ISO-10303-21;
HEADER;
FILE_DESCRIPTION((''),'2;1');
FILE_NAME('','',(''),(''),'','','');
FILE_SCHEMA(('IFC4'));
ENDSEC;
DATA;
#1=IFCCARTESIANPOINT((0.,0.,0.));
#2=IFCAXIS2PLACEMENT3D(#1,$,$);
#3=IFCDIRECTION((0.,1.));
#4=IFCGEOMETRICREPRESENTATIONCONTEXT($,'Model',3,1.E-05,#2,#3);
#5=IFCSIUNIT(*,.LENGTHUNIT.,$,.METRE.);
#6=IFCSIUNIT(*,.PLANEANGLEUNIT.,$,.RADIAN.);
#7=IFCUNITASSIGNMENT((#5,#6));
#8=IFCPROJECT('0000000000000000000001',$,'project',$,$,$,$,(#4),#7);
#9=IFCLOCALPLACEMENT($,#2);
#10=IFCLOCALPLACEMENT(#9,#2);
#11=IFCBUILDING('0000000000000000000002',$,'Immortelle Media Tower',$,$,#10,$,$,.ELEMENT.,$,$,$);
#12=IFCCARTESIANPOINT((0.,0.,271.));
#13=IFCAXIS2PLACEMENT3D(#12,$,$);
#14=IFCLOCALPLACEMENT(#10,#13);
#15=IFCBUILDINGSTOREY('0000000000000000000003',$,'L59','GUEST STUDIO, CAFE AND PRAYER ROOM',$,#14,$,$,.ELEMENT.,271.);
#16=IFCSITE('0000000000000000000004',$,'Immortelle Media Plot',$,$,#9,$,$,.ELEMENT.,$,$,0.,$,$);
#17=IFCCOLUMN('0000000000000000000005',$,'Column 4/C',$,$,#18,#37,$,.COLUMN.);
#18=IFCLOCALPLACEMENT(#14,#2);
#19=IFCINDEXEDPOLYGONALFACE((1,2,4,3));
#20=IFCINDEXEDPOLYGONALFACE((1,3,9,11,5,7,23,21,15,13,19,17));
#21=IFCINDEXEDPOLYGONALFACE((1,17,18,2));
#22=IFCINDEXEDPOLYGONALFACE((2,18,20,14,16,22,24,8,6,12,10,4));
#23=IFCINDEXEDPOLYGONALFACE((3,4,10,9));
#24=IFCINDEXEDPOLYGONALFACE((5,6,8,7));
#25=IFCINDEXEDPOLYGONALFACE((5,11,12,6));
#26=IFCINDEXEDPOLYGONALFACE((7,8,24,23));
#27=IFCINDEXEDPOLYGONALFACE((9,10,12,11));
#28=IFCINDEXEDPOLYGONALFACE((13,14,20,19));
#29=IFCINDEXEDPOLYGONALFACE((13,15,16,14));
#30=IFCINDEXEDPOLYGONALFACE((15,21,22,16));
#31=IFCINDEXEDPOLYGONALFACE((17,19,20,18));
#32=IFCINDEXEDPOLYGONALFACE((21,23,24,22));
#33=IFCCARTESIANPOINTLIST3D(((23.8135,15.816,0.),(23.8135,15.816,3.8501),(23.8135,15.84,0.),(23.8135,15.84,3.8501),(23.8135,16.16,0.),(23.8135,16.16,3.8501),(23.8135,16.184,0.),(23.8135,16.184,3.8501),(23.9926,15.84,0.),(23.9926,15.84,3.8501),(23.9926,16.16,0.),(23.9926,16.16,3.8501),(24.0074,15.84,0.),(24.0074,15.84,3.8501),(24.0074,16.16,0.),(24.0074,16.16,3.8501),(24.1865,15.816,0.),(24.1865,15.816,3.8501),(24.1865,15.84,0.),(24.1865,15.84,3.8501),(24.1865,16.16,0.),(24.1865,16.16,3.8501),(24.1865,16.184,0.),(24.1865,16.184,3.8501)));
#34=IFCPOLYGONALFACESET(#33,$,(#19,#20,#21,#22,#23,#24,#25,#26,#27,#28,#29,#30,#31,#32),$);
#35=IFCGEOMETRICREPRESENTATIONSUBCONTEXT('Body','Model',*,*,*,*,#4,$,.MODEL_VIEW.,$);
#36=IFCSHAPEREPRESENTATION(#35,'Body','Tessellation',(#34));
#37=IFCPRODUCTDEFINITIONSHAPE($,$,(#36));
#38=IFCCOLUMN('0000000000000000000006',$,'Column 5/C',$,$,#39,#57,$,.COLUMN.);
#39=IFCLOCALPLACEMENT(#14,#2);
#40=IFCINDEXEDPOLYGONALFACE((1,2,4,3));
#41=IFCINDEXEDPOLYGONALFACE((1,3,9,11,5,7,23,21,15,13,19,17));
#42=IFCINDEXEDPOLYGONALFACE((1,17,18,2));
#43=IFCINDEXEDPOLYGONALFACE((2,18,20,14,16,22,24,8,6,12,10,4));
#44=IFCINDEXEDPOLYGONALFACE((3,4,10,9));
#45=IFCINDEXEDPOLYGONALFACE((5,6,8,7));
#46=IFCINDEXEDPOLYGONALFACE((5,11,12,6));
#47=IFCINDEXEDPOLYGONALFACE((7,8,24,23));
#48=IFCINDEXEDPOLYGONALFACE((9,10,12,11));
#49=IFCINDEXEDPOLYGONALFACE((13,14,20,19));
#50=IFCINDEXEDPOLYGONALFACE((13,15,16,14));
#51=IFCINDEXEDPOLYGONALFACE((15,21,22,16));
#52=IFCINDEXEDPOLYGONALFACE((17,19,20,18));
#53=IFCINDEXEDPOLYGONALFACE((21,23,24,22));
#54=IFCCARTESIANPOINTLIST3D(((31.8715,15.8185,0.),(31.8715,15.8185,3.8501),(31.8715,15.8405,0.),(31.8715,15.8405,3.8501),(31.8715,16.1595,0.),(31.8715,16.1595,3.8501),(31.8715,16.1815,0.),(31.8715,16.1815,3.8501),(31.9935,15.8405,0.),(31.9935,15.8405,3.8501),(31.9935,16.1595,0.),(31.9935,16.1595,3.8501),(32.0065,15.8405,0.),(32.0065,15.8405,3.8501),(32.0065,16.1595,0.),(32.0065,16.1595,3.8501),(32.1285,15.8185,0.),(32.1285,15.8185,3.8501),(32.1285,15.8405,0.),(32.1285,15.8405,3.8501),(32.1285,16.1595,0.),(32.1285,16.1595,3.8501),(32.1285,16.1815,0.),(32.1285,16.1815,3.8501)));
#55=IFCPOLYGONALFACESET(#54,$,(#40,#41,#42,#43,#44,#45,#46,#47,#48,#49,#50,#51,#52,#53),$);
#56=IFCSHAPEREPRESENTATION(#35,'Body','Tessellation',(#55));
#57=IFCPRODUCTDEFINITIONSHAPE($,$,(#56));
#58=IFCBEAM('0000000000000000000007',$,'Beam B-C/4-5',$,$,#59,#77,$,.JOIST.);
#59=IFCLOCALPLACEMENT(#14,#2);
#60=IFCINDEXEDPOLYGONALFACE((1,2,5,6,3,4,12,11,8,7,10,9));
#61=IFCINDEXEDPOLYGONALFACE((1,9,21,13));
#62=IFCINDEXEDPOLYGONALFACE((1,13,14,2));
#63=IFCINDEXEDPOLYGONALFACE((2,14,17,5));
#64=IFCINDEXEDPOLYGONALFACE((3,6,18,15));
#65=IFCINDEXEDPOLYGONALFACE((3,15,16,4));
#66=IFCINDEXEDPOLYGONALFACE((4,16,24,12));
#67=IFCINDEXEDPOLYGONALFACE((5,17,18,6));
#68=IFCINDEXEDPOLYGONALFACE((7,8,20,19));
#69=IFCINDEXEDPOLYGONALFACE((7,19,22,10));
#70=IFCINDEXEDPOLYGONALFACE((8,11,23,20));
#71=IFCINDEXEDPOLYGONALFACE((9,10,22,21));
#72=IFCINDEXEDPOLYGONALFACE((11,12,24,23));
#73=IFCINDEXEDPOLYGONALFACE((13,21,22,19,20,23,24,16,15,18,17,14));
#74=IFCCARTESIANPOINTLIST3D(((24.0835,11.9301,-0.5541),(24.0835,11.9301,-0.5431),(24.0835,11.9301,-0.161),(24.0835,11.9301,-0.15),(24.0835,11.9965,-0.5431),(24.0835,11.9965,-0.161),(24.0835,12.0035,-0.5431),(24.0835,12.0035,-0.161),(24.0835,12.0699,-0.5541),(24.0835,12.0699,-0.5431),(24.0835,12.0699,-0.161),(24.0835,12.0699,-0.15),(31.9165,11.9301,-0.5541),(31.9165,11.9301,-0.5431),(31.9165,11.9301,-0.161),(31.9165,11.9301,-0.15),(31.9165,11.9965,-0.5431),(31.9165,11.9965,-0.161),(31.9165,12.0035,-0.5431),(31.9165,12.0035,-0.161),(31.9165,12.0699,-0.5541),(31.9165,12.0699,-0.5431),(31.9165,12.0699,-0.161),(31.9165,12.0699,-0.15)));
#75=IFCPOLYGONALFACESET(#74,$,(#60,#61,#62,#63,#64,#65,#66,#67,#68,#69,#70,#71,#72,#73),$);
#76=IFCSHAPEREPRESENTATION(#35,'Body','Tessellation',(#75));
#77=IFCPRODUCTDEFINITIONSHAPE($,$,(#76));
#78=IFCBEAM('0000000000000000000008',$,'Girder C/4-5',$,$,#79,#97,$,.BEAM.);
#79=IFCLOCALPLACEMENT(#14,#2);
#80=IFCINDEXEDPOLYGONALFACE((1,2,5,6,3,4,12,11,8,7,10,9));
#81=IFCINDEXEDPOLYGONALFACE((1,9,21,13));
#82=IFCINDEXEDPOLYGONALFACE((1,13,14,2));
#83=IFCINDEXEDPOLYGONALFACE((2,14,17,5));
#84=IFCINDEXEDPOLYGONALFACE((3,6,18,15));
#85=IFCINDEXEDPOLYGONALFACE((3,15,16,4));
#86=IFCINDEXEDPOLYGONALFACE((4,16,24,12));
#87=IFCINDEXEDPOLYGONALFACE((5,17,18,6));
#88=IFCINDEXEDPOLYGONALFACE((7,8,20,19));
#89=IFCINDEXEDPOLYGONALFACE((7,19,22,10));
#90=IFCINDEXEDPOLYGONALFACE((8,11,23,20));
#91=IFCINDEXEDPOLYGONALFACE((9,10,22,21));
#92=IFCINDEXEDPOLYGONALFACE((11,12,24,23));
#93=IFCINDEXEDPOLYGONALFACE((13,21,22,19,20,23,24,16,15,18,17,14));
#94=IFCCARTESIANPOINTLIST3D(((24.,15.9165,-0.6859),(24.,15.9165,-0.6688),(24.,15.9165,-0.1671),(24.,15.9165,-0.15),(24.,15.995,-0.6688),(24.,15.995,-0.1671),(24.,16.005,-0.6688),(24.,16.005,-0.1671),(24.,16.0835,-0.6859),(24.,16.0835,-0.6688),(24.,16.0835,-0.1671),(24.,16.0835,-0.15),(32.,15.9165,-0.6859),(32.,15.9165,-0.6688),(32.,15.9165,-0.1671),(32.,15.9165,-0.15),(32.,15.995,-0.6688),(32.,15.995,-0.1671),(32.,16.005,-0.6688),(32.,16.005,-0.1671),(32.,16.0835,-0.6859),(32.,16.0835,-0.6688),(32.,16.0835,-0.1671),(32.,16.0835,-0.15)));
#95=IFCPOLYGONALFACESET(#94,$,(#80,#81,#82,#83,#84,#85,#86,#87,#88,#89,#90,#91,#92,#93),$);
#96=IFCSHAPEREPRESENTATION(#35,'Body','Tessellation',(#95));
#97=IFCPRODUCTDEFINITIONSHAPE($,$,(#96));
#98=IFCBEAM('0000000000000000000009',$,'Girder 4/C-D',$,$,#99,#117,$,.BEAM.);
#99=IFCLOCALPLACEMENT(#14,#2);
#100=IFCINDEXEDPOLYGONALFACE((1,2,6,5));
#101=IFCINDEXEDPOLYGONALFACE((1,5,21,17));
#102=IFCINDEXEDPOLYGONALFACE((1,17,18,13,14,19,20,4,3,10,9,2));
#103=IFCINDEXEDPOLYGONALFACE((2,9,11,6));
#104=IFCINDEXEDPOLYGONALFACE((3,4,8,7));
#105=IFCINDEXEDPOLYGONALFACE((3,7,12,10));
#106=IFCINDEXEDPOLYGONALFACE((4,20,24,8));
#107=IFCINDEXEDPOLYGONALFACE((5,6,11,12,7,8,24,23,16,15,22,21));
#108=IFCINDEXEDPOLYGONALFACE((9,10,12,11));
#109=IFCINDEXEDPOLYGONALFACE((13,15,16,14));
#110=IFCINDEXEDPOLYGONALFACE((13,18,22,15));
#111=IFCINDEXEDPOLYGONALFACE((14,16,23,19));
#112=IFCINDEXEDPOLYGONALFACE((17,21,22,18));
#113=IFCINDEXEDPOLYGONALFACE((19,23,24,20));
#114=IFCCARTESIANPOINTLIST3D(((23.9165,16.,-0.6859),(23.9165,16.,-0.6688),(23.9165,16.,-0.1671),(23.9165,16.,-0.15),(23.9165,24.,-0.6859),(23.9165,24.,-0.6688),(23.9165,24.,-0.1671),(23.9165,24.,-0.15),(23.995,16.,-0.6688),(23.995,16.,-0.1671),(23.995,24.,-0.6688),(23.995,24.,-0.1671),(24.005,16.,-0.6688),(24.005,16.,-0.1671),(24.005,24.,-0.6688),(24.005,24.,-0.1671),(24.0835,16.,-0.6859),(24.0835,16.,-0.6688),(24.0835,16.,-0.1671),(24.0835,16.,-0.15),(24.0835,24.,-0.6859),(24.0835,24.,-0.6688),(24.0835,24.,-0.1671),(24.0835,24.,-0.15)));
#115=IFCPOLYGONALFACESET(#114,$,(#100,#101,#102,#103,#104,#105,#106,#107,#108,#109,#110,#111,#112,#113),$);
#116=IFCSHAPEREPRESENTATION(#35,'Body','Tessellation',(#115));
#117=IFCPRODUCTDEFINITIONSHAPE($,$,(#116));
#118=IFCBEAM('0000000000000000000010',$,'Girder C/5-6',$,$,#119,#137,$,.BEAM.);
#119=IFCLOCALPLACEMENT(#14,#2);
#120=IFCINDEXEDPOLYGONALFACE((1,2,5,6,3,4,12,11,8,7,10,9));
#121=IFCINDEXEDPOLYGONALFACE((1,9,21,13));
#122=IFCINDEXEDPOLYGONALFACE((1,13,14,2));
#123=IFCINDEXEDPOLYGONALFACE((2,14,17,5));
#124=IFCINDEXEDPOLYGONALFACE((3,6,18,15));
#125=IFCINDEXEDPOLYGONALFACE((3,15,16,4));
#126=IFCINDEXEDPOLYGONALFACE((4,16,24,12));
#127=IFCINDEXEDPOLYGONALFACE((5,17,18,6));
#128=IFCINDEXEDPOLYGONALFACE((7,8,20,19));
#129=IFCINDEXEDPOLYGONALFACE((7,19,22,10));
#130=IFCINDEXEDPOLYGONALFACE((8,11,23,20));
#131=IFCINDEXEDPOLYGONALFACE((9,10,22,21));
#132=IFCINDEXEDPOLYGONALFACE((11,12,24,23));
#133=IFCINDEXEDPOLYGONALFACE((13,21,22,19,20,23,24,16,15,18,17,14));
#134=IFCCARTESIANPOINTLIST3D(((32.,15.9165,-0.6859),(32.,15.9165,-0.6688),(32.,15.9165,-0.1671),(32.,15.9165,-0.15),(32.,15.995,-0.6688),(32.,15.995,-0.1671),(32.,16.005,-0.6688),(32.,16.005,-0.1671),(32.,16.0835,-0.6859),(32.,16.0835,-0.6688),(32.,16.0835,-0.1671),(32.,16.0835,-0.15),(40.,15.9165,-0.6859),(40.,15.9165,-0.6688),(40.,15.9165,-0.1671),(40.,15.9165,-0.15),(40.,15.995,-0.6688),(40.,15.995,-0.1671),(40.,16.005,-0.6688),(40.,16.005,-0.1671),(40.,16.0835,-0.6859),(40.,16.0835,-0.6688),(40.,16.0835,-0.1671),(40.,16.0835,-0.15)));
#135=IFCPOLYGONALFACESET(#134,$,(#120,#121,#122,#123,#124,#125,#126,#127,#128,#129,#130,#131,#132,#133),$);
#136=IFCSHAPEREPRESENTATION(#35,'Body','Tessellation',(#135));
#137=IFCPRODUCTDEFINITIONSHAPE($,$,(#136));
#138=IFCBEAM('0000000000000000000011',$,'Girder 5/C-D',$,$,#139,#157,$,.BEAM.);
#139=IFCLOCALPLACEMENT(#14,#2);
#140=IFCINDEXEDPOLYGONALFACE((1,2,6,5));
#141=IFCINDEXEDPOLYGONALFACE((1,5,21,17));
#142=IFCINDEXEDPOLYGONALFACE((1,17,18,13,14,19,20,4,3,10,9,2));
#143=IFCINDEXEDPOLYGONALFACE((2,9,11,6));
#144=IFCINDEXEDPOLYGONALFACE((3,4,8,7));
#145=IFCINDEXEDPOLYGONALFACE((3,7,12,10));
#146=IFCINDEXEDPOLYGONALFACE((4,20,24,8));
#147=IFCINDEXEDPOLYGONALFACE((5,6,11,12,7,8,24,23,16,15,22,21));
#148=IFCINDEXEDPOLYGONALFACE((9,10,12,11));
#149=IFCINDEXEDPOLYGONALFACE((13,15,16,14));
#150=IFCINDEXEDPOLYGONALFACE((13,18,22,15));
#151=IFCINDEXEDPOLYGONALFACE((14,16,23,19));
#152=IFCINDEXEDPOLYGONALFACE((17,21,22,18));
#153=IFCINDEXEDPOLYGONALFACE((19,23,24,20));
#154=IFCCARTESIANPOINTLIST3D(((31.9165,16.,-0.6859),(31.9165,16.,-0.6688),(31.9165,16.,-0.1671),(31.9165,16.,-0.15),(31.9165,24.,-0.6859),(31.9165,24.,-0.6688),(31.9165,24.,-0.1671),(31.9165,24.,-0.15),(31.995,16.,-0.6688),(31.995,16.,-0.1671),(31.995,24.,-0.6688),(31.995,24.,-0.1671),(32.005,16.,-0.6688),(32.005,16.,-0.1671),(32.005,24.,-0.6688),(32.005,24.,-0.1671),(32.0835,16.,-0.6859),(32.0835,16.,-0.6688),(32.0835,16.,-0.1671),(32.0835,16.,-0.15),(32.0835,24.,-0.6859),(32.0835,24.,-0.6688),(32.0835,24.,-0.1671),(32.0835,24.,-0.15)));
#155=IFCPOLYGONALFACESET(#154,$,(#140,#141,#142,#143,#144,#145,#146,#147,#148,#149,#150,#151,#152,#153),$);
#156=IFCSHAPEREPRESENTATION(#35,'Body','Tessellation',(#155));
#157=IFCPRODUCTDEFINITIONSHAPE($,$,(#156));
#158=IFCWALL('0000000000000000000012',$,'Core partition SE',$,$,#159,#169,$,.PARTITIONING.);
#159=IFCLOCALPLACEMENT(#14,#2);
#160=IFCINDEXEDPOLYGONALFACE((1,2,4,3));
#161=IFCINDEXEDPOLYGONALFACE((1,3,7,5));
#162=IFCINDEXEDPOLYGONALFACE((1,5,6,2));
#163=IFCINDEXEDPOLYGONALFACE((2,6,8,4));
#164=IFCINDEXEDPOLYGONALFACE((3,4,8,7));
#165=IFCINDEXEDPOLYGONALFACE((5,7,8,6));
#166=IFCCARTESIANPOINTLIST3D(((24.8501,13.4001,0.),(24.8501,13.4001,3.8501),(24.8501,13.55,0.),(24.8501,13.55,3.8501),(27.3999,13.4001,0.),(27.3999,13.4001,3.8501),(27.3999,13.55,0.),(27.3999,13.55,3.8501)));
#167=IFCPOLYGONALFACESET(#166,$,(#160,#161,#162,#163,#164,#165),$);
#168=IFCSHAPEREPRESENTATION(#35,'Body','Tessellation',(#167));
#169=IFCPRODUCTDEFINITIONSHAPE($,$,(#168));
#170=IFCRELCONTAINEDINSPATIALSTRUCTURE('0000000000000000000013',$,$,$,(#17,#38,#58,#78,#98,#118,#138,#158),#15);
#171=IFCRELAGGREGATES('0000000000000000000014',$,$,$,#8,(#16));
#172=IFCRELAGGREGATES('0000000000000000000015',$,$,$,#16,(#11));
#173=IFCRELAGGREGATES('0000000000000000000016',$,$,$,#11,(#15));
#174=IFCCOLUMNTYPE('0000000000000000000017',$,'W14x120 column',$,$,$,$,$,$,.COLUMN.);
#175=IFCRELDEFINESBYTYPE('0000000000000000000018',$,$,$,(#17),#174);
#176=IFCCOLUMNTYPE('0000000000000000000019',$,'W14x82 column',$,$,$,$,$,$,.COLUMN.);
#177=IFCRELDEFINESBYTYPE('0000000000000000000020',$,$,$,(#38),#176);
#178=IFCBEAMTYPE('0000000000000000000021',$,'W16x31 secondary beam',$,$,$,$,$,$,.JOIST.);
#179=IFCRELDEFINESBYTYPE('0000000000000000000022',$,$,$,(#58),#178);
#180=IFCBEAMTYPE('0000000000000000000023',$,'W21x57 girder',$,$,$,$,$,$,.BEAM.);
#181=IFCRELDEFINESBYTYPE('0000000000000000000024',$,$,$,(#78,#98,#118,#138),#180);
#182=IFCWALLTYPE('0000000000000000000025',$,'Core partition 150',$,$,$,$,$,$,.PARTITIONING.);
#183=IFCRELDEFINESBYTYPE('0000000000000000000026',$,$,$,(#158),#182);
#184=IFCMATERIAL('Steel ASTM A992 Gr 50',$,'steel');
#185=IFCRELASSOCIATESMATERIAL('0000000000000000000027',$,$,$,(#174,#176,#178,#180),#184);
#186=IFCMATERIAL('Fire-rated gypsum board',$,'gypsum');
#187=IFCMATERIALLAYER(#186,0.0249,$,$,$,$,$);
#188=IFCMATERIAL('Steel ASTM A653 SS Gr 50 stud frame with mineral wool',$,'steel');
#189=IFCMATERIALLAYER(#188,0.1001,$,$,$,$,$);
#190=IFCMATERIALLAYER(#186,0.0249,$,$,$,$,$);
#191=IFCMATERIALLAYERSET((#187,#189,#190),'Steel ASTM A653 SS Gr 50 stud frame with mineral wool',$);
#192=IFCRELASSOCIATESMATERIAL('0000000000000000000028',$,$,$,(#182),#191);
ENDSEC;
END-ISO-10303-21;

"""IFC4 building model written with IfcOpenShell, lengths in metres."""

from ifc_helpers import new_model, si_unit, direction, frame, frame_2d, origin, origin_2d, place, context, subcontext, project, spatial, rectangle, i_section, extrude, material, layer, layer_set, material_profile, profile_set, type_object, element, save


model = new_model("IFC4")

# Units and contexts
model_context = context("Model", 3, precision=1e-05, world=origin(), true_north=direction((0.0, 1.0)))
body_context = subcontext(model_context, "Body", "Model", "MODEL_VIEW")
ifc_project = project(units=[si_unit("LENGTHUNIT", "METRE"), si_unit("PLANEANGLEUNIT", "RADIAN")], contexts=[model_context])

# Site, building, storey
site_placement = place(None, origin())
site = spatial("IfcSite", under=ifc_project, at=site_placement, Name="Immortelle Media Plot", CompositionType="ELEMENT", RefElevation=0.0)
building_placement = place(site_placement, origin())
building = spatial("IfcBuilding", under=site, at=building_placement, Name="Immortelle Media Tower", CompositionType="ELEMENT")
storey_placement = place(building_placement, frame((0.0, 0.0, 271.0)))
storey = spatial("IfcBuildingStorey", under=building, at=storey_placement, Name="L59", Description="GUEST STUDIO, CAFE AND PRAYER ROOM", CompositionType="ELEMENT", Elevation=271.0)

# Columns
ifc_material_1 = material(Name="Steel ASTM A992 Gr 50", Category="steel")
ifc_material_profile_1 = material_profile(ifc_material_1, i_section(OverallWidth=0.373, OverallDepth=0.3679, WebThickness=0.0149, FlangeThickness=0.0239, at=origin_2d()), Name="W14x120")
ifc_profile_set_1 = profile_set([ifc_material_profile_1], Name="Steel ASTM A992 Gr 50")
column_type_1 = type_object("IfcColumnType", Name="W14x120 column", PredefinedType="COLUMN", material=ifc_profile_set_1)
column_1_placement = place(storey_placement, frame((24.0, 16.0, 0.0), z_axis=(0.0, 0.0, 1.0), x_axis=(1.0, 0.0, 0.0)))
element("IfcColumn", 1, at=column_1_placement, inside=storey, type_object=column_type_1, Name="Column 4/C", PredefinedType="COLUMN", context=body_context, shape_type="SweptSolid", body=[
    extrude(i_section(OverallWidth=0.373, OverallDepth=0.3679, WebThickness=0.0149, FlangeThickness=0.0239, at=origin_2d()), origin(), (0.0, 0.0, 1.0), 3.8501),
])
ifc_material_profile_2 = material_profile(ifc_material_1, i_section(OverallWidth=0.2571, OverallDepth=0.363, WebThickness=0.0129, FlangeThickness=0.022, at=origin_2d()), Name="W14x82")
ifc_profile_set_2 = profile_set([ifc_material_profile_2], Name="Steel ASTM A992 Gr 50")
column_type_2 = type_object("IfcColumnType", Name="W14x82 column", PredefinedType="COLUMN", material=ifc_profile_set_2)
column_2_placement = place(storey_placement, frame((32.0, 16.0, 0.0), z_axis=(0.0, 0.0, 1.0), x_axis=(1.0, 0.0, 0.0)))
element("IfcColumn", 2, at=column_2_placement, inside=storey, type_object=column_type_2, Name="Column 5/C", PredefinedType="COLUMN", context=body_context, shape_type="SweptSolid", body=[
    extrude(i_section(OverallWidth=0.2571, OverallDepth=0.363, WebThickness=0.0129, FlangeThickness=0.022, at=origin_2d()), origin(), (0.0, 0.0, 1.0), 3.8501),
])

# Beams
ifc_material_profile_3 = material_profile(ifc_material_1, i_section(OverallWidth=0.1399, OverallDepth=0.4041, WebThickness=0.0071, FlangeThickness=0.011, at=origin_2d()), Name="W16x31")
ifc_profile_set_3 = profile_set([ifc_material_profile_3], Name="Steel ASTM A992 Gr 50")
beam_type_1 = type_object("IfcBeamType", Name="W16x31 secondary beam", PredefinedType="JOIST", material=ifc_profile_set_3)
beam_placement = place(storey_placement, frame((24.0835, 12.0, -0.3521), z_axis=(1.0, 0.0, 0.0), x_axis=(0.0, 1.0, 0.0)))
element("IfcBeam", 3, at=beam_placement, inside=storey, type_object=beam_type_1, Name="Beam B-C/4-5", PredefinedType="JOIST", context=body_context, shape_type="SweptSolid", body=[
    extrude(i_section(OverallWidth=0.1399, OverallDepth=0.4041, WebThickness=0.0071, FlangeThickness=0.011, at=origin_2d()), origin(), (0.0, 0.0, 1.0), 7.833),
])
ifc_material_profile_4 = material_profile(ifc_material_1, i_section(OverallWidth=0.167, OverallDepth=0.5359, WebThickness=0.01, FlangeThickness=0.0171, at=origin_2d()), Name="W21x57")
ifc_profile_set_4 = profile_set([ifc_material_profile_4], Name="Steel ASTM A992 Gr 50")
beam_type_2 = type_object("IfcBeamType", Name="W21x57 girder", PredefinedType="BEAM", material=ifc_profile_set_4)
for number, where, z_axis, x_axis, name in (
    (4, (24.0, 16.0, -0.418), (1.0, 0.0, 0.0), (0.0, 1.0, 0.0), "Girder C/4-5"),
    (5, (24.0, 16.0, -0.418), (0.0, 1.0, 0.0), (-1.0, 0.0, 0.0), "Girder 4/C-D"),
    (6, (32.0, 16.0, -0.418), (1.0, 0.0, 0.0), (0.0, 1.0, 0.0), "Girder C/5-6"),
    (7, (32.0, 16.0, -0.418), (0.0, 1.0, 0.0), (-1.0, 0.0, 0.0), "Girder 5/C-D"),
):
    element("IfcBeam", number, at=place(storey_placement, frame(where, z_axis=z_axis, x_axis=x_axis)), inside=storey, type_object=beam_type_2, Name=name, PredefinedType="BEAM", context=body_context, shape_type="SweptSolid", body=[
        extrude(i_section(OverallWidth=0.167, OverallDepth=0.5359, WebThickness=0.01, FlangeThickness=0.0171, at=origin_2d()), origin(), (0.0, 0.0, 1.0), 8.0),
    ])

# Wall
ifc_material_2 = material(Name="Fire-rated gypsum board", Category="gypsum")
ifc_layer_1 = layer(ifc_material_2, 0.0249)
ifc_material_3 = material(Name="Steel ASTM A653 SS Gr 50 stud frame with mineral wool", Category="steel")
ifc_layer_2 = layer(ifc_material_3, 0.1001)
ifc_layer_3 = layer(ifc_material_2, 0.0249)
ifc_layer_set_1 = layer_set([ifc_layer_1, ifc_layer_2, ifc_layer_3], Name="Steel ASTM A653 SS Gr 50 stud frame with mineral wool")
wall_type_1 = type_object("IfcWallType", Name="Core partition 150", PredefinedType="PARTITIONING", material=ifc_layer_set_1)
wall_1_placement = place(storey_placement, frame((24.8501, 13.4751, 0.0), z_axis=(0.0, 0.0, 1.0), x_axis=(1.0, 0.0, 0.0)))
element("IfcWall", 8, at=wall_1_placement, inside=storey, type_object=wall_type_1, Name="Core partition SE", PredefinedType="PARTITIONING", context=body_context, shape_type="SweptSolid", body=[
    extrude(rectangle(XDim=2.5498, YDim=0.1499, at=frame_2d((1.2749, 0.0))), origin(), (0.0, 0.0, 1.0), 3.8501),
])

save(model, "model.ifc")
